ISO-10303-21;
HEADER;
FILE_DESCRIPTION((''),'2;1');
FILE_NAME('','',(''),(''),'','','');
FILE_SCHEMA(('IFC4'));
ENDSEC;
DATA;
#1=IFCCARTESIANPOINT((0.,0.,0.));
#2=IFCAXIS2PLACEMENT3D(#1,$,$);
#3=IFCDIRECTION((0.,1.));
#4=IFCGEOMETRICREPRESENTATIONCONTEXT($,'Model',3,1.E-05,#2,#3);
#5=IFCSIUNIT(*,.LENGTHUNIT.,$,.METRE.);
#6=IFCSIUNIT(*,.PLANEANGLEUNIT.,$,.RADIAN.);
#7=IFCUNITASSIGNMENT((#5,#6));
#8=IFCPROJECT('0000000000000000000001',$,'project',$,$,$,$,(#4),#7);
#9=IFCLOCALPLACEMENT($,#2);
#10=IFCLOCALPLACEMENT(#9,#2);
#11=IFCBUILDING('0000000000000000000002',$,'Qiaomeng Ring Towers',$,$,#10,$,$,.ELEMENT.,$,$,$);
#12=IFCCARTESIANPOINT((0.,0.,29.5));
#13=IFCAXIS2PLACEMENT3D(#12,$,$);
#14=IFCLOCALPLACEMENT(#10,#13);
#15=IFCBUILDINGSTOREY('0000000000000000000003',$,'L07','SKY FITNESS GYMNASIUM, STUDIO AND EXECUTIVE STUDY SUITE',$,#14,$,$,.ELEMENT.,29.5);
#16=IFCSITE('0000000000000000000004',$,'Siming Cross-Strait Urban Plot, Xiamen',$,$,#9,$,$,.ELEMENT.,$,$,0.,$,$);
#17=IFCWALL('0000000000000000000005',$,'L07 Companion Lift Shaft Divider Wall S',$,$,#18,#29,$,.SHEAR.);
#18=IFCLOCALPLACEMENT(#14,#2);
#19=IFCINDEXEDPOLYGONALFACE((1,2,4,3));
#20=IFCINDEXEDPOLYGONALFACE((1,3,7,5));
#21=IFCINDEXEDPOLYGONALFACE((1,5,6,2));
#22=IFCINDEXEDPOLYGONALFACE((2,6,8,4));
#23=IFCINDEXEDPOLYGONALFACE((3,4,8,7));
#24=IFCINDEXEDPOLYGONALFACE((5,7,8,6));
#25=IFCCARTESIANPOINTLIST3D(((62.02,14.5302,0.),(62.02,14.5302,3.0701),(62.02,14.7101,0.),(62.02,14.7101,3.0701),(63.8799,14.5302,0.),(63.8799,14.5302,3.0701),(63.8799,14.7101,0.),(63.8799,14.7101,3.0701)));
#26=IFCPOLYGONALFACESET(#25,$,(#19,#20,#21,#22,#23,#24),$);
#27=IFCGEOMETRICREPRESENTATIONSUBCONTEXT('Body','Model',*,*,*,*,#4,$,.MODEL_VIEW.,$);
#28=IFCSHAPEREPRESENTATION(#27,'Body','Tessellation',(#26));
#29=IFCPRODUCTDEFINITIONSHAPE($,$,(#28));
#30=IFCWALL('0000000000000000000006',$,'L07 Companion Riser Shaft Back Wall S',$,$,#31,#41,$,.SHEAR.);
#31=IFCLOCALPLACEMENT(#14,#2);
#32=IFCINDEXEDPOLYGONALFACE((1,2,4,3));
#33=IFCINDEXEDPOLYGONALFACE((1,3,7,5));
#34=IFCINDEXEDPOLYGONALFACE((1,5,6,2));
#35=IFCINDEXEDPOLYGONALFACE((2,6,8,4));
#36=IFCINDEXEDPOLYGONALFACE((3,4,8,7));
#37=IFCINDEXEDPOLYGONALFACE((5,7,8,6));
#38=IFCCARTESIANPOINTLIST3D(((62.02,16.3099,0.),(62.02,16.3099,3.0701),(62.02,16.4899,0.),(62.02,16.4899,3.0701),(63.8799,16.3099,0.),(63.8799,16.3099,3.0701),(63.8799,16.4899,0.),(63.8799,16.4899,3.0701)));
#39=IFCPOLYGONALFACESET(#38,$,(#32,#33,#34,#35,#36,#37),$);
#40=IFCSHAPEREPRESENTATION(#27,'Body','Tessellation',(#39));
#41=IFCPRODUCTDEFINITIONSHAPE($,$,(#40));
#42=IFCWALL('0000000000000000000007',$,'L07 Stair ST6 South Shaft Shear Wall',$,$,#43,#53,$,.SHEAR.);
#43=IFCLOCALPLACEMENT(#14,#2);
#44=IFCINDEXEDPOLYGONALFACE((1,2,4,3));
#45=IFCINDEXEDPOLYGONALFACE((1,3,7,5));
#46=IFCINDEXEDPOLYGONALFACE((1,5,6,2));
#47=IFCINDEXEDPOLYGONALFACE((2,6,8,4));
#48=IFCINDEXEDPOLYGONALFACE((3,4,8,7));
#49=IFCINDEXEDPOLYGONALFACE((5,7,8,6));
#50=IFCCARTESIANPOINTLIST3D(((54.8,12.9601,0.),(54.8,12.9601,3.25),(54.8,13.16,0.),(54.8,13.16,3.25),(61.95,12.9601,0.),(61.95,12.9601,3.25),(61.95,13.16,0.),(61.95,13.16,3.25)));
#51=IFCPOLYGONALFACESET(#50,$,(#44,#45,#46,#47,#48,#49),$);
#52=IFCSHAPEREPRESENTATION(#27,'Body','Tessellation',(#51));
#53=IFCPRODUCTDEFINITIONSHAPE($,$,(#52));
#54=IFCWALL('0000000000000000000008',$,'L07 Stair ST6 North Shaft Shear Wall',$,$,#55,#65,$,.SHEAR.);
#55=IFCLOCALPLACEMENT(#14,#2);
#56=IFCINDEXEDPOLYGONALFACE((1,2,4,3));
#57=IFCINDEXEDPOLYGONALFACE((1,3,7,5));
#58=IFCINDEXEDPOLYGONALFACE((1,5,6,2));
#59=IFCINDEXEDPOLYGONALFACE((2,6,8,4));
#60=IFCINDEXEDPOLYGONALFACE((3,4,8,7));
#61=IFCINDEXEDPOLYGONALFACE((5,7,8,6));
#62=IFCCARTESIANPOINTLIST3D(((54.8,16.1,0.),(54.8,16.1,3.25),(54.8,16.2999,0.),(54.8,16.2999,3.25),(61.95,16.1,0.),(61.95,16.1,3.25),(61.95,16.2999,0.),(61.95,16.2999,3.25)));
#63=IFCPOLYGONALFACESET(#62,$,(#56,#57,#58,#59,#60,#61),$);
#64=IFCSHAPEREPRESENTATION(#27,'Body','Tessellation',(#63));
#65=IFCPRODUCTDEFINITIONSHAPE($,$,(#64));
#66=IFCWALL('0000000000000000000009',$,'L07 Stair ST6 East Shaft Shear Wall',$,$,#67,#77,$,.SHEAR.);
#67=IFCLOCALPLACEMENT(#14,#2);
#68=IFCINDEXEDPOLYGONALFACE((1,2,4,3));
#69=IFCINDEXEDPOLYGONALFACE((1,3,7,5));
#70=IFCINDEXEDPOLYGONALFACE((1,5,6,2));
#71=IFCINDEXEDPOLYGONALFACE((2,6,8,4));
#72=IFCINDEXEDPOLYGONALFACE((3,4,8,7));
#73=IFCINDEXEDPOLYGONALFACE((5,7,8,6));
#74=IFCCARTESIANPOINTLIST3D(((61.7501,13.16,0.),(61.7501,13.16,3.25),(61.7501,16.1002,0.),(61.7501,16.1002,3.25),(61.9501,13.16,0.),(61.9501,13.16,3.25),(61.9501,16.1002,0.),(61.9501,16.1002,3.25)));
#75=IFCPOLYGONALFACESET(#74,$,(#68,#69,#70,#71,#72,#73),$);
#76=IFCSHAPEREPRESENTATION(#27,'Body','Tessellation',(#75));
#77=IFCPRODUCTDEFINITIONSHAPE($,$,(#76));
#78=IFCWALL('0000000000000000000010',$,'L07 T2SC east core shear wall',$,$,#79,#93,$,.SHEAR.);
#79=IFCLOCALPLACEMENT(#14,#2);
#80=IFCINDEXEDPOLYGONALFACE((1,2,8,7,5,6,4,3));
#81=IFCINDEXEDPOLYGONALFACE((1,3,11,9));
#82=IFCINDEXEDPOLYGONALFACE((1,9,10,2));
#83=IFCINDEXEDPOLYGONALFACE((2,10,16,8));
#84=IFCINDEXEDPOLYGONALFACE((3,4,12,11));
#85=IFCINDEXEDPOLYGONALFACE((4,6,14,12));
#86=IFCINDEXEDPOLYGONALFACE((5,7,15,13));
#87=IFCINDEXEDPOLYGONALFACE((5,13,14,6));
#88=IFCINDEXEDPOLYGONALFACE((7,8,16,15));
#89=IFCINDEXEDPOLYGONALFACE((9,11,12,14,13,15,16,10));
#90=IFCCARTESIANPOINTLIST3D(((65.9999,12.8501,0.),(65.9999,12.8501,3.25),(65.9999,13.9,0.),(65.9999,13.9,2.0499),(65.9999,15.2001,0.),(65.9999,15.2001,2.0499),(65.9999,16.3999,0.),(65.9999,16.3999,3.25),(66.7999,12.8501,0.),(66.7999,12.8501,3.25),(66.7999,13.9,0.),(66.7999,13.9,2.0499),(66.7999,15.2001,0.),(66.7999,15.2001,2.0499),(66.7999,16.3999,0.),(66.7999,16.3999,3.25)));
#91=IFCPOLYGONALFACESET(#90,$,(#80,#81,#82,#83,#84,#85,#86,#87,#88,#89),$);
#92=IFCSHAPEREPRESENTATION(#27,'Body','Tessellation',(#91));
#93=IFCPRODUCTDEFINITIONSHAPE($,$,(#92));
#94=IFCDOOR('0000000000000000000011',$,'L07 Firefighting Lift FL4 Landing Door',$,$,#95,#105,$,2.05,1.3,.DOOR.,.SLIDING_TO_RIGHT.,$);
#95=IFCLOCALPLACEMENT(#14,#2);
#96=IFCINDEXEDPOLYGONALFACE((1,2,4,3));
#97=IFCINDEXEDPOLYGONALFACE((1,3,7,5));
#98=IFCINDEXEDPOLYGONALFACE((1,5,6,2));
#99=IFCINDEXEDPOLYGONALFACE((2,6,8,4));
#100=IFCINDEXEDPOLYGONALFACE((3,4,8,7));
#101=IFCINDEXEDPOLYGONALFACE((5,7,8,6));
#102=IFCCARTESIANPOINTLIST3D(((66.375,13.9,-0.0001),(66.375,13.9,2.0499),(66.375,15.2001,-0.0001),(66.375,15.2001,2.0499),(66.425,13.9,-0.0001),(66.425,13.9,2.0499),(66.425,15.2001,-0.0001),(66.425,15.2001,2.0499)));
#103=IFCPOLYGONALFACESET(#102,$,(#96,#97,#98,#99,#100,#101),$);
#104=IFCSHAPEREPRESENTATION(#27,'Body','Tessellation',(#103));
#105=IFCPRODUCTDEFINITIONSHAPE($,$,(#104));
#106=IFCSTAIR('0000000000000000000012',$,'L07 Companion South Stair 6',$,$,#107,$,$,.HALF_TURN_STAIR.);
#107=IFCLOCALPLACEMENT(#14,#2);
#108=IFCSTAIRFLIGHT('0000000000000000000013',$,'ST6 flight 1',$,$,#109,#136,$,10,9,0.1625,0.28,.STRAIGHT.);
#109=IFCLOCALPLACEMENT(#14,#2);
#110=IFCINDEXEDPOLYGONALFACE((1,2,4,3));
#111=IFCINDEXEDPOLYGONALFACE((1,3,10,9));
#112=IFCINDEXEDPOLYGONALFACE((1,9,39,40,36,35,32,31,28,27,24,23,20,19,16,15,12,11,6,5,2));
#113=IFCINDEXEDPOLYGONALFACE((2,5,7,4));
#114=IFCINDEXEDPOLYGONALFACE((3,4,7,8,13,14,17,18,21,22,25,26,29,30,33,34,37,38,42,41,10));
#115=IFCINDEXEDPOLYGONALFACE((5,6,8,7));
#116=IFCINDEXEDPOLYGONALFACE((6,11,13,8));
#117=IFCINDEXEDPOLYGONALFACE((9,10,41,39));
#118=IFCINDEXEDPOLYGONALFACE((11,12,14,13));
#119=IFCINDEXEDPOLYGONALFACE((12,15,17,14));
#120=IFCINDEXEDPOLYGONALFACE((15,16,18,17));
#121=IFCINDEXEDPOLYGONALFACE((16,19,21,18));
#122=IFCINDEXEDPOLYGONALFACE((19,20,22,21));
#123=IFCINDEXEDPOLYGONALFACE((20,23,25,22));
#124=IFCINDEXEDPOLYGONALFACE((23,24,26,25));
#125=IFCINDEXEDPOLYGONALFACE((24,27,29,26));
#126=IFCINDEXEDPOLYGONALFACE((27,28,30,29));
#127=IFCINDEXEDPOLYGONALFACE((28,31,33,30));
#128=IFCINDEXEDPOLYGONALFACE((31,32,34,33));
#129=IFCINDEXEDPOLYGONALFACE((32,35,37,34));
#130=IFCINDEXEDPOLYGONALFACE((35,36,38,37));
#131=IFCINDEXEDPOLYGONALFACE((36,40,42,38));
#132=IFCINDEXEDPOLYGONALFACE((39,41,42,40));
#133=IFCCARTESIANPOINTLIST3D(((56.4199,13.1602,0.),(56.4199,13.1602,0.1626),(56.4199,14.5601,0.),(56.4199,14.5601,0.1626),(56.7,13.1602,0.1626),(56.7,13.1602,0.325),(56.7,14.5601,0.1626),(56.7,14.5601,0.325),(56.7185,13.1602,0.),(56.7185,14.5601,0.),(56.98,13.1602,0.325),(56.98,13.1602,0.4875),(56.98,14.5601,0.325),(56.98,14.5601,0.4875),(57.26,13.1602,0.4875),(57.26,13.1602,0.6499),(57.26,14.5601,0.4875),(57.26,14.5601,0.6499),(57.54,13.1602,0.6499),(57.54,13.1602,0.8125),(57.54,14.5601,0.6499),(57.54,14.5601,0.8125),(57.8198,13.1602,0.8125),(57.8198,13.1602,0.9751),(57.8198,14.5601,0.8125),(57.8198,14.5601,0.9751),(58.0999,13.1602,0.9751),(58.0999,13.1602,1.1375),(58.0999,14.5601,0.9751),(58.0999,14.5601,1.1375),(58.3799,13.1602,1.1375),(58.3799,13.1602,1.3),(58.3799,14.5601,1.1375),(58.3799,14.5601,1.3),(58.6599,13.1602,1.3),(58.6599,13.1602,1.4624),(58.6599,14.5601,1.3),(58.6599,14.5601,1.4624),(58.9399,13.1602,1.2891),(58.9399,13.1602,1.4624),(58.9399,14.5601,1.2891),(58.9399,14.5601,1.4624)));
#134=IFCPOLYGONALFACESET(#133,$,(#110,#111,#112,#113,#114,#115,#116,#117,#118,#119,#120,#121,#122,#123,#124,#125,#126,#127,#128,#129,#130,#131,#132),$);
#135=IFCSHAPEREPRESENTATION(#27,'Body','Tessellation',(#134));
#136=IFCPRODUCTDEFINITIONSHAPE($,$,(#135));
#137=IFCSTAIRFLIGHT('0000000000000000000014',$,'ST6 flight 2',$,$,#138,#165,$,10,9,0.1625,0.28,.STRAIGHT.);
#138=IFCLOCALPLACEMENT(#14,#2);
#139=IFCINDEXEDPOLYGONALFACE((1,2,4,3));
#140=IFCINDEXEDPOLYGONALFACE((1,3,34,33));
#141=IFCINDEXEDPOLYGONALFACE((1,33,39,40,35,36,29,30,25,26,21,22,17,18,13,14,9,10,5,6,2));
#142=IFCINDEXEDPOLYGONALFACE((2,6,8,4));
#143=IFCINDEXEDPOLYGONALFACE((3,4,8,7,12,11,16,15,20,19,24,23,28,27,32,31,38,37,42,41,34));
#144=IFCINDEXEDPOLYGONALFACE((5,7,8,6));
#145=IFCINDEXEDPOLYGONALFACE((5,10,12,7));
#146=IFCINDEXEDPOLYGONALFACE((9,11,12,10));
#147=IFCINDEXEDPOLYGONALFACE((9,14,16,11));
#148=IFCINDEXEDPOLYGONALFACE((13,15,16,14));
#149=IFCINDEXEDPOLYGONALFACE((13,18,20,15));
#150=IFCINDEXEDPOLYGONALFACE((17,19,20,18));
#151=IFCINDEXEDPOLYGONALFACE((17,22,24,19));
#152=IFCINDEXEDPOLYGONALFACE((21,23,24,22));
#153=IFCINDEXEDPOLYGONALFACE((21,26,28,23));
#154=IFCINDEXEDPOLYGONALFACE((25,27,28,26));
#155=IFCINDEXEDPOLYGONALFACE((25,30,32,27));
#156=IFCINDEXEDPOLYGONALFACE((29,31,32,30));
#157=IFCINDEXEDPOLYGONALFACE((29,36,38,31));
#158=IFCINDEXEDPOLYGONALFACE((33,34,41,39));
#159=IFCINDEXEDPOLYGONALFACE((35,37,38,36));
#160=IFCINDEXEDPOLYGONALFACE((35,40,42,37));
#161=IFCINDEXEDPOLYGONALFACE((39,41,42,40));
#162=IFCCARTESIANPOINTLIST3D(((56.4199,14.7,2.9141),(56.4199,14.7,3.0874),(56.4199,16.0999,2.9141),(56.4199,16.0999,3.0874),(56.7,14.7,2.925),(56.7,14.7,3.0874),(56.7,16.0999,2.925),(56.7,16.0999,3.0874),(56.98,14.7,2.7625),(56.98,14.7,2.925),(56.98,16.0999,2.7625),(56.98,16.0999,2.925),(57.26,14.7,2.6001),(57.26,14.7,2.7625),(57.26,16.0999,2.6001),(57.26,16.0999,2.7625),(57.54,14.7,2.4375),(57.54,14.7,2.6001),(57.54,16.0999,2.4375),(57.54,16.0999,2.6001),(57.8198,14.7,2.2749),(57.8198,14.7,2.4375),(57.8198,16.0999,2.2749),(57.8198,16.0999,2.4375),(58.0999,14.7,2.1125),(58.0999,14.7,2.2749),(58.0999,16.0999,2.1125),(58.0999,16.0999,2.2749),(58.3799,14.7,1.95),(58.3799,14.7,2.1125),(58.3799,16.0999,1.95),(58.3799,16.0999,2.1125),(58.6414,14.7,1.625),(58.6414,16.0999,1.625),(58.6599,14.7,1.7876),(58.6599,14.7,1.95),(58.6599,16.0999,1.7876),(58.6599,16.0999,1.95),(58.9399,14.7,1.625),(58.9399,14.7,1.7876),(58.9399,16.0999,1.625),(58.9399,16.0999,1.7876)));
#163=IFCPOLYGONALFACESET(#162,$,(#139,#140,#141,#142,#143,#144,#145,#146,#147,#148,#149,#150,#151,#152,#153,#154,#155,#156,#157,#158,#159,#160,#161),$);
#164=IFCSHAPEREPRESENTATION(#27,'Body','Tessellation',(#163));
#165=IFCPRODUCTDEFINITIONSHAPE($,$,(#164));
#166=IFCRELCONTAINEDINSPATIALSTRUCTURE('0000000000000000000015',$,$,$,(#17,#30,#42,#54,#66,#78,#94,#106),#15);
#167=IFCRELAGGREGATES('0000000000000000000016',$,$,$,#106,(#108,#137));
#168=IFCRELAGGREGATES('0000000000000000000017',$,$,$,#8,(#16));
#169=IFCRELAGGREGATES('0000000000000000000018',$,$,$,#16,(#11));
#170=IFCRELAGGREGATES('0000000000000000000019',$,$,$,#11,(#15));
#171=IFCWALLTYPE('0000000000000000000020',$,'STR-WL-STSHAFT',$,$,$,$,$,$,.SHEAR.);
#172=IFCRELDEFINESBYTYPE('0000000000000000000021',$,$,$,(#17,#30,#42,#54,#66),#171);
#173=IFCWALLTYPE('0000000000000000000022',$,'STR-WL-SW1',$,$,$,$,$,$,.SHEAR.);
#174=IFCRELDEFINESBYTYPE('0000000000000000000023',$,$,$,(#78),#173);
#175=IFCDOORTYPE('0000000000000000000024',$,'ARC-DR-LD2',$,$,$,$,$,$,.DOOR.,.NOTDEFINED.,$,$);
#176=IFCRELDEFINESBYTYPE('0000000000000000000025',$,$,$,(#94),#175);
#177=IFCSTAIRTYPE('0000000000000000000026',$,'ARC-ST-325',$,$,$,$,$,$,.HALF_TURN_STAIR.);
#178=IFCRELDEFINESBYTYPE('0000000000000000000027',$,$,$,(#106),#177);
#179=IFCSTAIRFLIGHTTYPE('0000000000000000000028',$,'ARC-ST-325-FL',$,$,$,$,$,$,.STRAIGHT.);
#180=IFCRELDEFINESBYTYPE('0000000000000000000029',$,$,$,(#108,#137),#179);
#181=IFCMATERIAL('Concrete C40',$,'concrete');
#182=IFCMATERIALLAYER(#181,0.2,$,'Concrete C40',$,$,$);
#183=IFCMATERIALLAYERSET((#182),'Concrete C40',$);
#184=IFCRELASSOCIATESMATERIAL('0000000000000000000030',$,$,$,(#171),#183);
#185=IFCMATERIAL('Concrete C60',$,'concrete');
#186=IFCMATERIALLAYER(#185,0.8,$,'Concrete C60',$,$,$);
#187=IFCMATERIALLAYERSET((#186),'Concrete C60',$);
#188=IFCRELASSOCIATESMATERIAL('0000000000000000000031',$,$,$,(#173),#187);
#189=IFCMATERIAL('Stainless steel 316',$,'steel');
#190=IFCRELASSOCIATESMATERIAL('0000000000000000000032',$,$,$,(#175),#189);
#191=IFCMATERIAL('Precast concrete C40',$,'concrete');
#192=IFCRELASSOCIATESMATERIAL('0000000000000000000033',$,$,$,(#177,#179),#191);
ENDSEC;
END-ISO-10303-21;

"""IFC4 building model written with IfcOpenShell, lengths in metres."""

from ifc_helpers import new_model, si_unit, direction, frame, frame_2d, origin, place, context, subcontext, project, spatial, polyline, rectangle, outline, extrude, source, transform, mapped, material, layer, layer_set, type_object, element, fill, aggregate, save


model = new_model("IFC4")

# Units and contexts
model_context = context("Model", 3, precision=1e-05, world=origin(), true_north=direction((0.0, 1.0)))
body_context = subcontext(model_context, "Body", "Model", "MODEL_VIEW")
ifc_project = project(units=[si_unit("LENGTHUNIT", "METRE"), si_unit("PLANEANGLEUNIT", "RADIAN")], contexts=[model_context])

# Site, building, storey
site_placement = place(None, origin())
site = spatial("IfcSite", under=ifc_project, at=site_placement, Name="Siming Cross-Strait Urban Plot, Xiamen", CompositionType="ELEMENT", RefElevation=0.0)
building_placement = place(site_placement, origin())
building = spatial("IfcBuilding", under=site, at=building_placement, Name="Qiaomeng Ring Towers", CompositionType="ELEMENT")
storey_placement = place(building_placement, frame((0.0, 0.0, 29.5)))
storey = spatial("IfcBuildingStorey", under=building, at=storey_placement, Name="L07", Description="SKY FITNESS GYMNASIUM, STUDIO AND EXECUTIVE STUDY SUITE", CompositionType="ELEMENT", Elevation=29.5)

# Walls
ifc_material_1 = material(Name="Concrete C40", Category="concrete")
ifc_layer_1 = layer(ifc_material_1, 0.2, Name="Concrete C40")
ifc_layer_set_1 = layer_set([ifc_layer_1], Name="Concrete C40")
wall_type_1 = type_object("IfcWallType", Name="STR-WL-STSHAFT", PredefinedType="SHEAR", material=ifc_layer_set_1)
for number, where, z_axis, x_axis, name in (
    (1, (62.02, 14.6201, 0.0), (0.0, 0.0, 1.0), (1.0, 0.0, 0.0), "L07 Companion Lift Shaft Divider Wall S"),
    (2, (62.02, 16.3999, 0.0), (0.0, 0.0, 1.0), (1.0, 0.0, 0.0), "L07 Companion Riser Shaft Back Wall S"),
):
    element("IfcWall", number, at=place(storey_placement, frame(where, z_axis=z_axis, x_axis=x_axis)), inside=storey, type_object=wall_type_1, Name=name, PredefinedType="SHEAR", context=body_context, shape_type="SweptSolid", body=[
        extrude(rectangle(XDim=1.8599, YDim=0.1799, at=frame_2d((0.9299, 0.0))), origin(), (0.0, 0.0, 1.0), 3.0701),
    ])
for number, where, z_axis, x_axis, name in (
    (3, (54.8, 13.0601, 0.0), (0.0, 0.0, 1.0), (1.0, 0.0, 0.0), "L07 Stair ST6 South Shaft Shear Wall"),
    (4, (54.8, 16.2, 0.0), (0.0, 0.0, 1.0), (1.0, 0.0, 0.0), "L07 Stair ST6 North Shaft Shear Wall"),
):
    element("IfcWall", number, at=place(storey_placement, frame(where, z_axis=z_axis, x_axis=x_axis)), inside=storey, type_object=wall_type_1, Name=name, PredefinedType="SHEAR", context=body_context, shape_type="SweptSolid", body=[
        extrude(rectangle(XDim=7.1499, YDim=0.2, at=frame_2d((3.575, 0.0))), origin(), (0.0, 0.0, 1.0), 3.25),
    ])
wall_1_placement = place(storey_placement, frame((61.8501, 13.1599, 0.0), z_axis=(0.0, 0.0, 1.0), x_axis=(0.0, 1.0, 0.0)))
element("IfcWall", 5, at=wall_1_placement, inside=storey, type_object=wall_type_1, Name="L07 Stair ST6 East Shaft Shear Wall", PredefinedType="SHEAR", context=body_context, shape_type="SweptSolid", body=[
    extrude(rectangle(XDim=2.9402, YDim=0.2, at=frame_2d((1.4702, 0.0))), origin(), (0.0, 0.0, 1.0), 3.25),
])

# Wall, opening, door
ifc_material_2 = material(Name="Concrete C60", Category="concrete")
ifc_layer_2 = layer(ifc_material_2, 0.8, Name="Concrete C60")
ifc_layer_set_2 = layer_set([ifc_layer_2], Name="Concrete C60")
wall_type_2 = type_object("IfcWallType", Name="STR-WL-SW1", PredefinedType="SHEAR", material=ifc_layer_set_2)
wall_2_placement = place(storey_placement, frame((66.3999, 12.8501, 0.0), z_axis=(0.0, 0.0, 1.0), x_axis=(0.0, 1.0, 0.0)))
wall_2 = element("IfcWall", 6, at=wall_2_placement, inside=storey, type_object=wall_type_2, Name="L07 T2SC east core shear wall", PredefinedType="SHEAR", context=body_context, shape_type="SweptSolid", body=[
    extrude(rectangle(XDim=3.5498, YDim=0.8, at=frame_2d((1.7749, 0.0))), origin(), (0.0, 0.0, 1.0), 3.25),
])
opening_placement = place(wall_2_placement, frame((1.05, 0.0, 0.0)))
opening = element("IfcOpeningElement", 7, at=opening_placement, cuts=wall_2, PredefinedType="OPENING", context=body_context, shape_type="SweptSolid", body=[
    extrude(rectangle(XDim=1.3, YDim=2.05, at=frame_2d((0.6499, 1.0249))), frame((0.0, 0.4099, 0.0), z_axis=(0.0, -1.0, 0.0), x_axis=(1.0, 0.0, 0.0)), (0.0, 0.0, 1.0), 0.8201),
])
ifc_material_3 = material(Name="Stainless steel 316", Category="steel")
door_type = type_object("IfcDoorType", Name="ARC-DR-LD2", OperationType="NOTDEFINED", PredefinedType="DOOR", material=ifc_material_3)
shared_shape_1 = source(origin(), body_context, "Body", "SweptSolid", [
    extrude(rectangle(XDim=1.3, YDim=2.05, at=frame_2d((0.6499, 1.0249))), frame((0.0, 0.0249, 0.0), z_axis=(0.0, -1.0, 0.0), x_axis=(1.0, 0.0, 0.0)), (0.0, 0.0, 1.0), 0.05),
])
door_placement = place(opening_placement, origin())
door = element("IfcDoor", 8, at=door_placement, inside=storey, type_object=door_type, Name="L07 Firefighting Lift FL4 Landing Door", OperationType="SLIDING_TO_RIGHT", OverallHeight=2.05, OverallWidth=1.3, PredefinedType="DOOR", context=body_context, shape_type="MappedRepresentation", body=[
    mapped(shared_shape_1, transform((0.0, 0.0, 0.0), x_axis=(1.0, 0.0, 0.0), y_axis=(0.0, 1.0, 0.0), z_axis=(0.0, 0.0, 1.0), scale=1.0)),
])
fill(opening, door)

# Stair, stair flights
ifc_material_4 = material(Name="Precast concrete C40", Category="concrete")
stair_type = type_object("IfcStairType", Name="ARC-ST-325", PredefinedType="HALF_TURN_STAIR", material=ifc_material_4)
stair_placement = place(storey_placement, origin())
stair = element("IfcStair", 9, at=stair_placement, inside=storey, type_object=stair_type, Name="L07 Companion South Stair 6", PredefinedType="HALF_TURN_STAIR")
stair_flight_type = type_object("IfcStairFlightType", Name="ARC-ST-325-FL", PredefinedType="STRAIGHT", material=ifc_material_4)
shared_shape_2 = source(origin(), body_context, "Body", "SweptSolid", [
    extrude(outline(polyline([(0.0, 0.0), (0.0, 0.1626), (0.28, 0.1626), (0.28, 0.325), (0.5601, 0.325), (0.5601, 0.4875), (0.8401, 0.4875), (0.8401, 0.6499), (1.1201, 0.6499), (1.1201, 0.8125), (1.3999, 0.8125), (1.3999, 0.9751), (1.6799, 0.9751), (1.6799, 1.1375), (1.96, 1.1375), (1.96, 1.3), (2.24, 1.3), (2.24, 1.4624), (2.52, 1.4624), (2.52, 1.625), (2.52, 1.2891), (0.2986, 0.0), (0.0, 0.0)])), frame((0.0, 0.7, 0.0), z_axis=(0.0, -1.0, 0.0), x_axis=(1.0, 0.0, 0.0)), (0.0, 0.0, 1.0), 1.3999),
])
stair_flight_1_placement = place(storey_placement, frame((56.4199, 13.8601, 0.0), z_axis=(0.0, 0.0, 1.0), x_axis=(1.0, 0.0, 0.0)))
stair_flight_1 = element("IfcStairFlight", 10, at=stair_flight_1_placement, type_object=stair_flight_type, Name="ST6 flight 1", NumberOfRisers=10, NumberOfTreads=9, PredefinedType="STRAIGHT", RiserHeight=0.1625, TreadLength=0.28, context=body_context, shape_type="MappedRepresentation", body=[
    mapped(shared_shape_2, transform((0.0, 0.0, 0.0), x_axis=(1.0, 0.0, 0.0), y_axis=(0.0, 1.0, 0.0), z_axis=(0.0, 0.0, 1.0), scale=1.0)),
])
stair_flight_2_placement = place(storey_placement, frame((58.9399, 15.3999, 1.625), z_axis=(0.0, 0.0, 1.0), x_axis=(-1.0, 0.0, 0.0)))
stair_flight_2 = element("IfcStairFlight", 11, at=stair_flight_2_placement, type_object=stair_flight_type, Name="ST6 flight 2", NumberOfRisers=10, NumberOfTreads=9, PredefinedType="STRAIGHT", RiserHeight=0.1625, TreadLength=0.28, context=body_context, shape_type="MappedRepresentation", body=[
    mapped(shared_shape_2, transform((0.0, 0.0, 0.0), x_axis=(1.0, 0.0, 0.0), y_axis=(0.0, 1.0, 0.0), z_axis=(0.0, 0.0, 1.0), scale=1.0)),
])
aggregate(stair, [stair_flight_1, stair_flight_2])

save(model, "model.ifc")
